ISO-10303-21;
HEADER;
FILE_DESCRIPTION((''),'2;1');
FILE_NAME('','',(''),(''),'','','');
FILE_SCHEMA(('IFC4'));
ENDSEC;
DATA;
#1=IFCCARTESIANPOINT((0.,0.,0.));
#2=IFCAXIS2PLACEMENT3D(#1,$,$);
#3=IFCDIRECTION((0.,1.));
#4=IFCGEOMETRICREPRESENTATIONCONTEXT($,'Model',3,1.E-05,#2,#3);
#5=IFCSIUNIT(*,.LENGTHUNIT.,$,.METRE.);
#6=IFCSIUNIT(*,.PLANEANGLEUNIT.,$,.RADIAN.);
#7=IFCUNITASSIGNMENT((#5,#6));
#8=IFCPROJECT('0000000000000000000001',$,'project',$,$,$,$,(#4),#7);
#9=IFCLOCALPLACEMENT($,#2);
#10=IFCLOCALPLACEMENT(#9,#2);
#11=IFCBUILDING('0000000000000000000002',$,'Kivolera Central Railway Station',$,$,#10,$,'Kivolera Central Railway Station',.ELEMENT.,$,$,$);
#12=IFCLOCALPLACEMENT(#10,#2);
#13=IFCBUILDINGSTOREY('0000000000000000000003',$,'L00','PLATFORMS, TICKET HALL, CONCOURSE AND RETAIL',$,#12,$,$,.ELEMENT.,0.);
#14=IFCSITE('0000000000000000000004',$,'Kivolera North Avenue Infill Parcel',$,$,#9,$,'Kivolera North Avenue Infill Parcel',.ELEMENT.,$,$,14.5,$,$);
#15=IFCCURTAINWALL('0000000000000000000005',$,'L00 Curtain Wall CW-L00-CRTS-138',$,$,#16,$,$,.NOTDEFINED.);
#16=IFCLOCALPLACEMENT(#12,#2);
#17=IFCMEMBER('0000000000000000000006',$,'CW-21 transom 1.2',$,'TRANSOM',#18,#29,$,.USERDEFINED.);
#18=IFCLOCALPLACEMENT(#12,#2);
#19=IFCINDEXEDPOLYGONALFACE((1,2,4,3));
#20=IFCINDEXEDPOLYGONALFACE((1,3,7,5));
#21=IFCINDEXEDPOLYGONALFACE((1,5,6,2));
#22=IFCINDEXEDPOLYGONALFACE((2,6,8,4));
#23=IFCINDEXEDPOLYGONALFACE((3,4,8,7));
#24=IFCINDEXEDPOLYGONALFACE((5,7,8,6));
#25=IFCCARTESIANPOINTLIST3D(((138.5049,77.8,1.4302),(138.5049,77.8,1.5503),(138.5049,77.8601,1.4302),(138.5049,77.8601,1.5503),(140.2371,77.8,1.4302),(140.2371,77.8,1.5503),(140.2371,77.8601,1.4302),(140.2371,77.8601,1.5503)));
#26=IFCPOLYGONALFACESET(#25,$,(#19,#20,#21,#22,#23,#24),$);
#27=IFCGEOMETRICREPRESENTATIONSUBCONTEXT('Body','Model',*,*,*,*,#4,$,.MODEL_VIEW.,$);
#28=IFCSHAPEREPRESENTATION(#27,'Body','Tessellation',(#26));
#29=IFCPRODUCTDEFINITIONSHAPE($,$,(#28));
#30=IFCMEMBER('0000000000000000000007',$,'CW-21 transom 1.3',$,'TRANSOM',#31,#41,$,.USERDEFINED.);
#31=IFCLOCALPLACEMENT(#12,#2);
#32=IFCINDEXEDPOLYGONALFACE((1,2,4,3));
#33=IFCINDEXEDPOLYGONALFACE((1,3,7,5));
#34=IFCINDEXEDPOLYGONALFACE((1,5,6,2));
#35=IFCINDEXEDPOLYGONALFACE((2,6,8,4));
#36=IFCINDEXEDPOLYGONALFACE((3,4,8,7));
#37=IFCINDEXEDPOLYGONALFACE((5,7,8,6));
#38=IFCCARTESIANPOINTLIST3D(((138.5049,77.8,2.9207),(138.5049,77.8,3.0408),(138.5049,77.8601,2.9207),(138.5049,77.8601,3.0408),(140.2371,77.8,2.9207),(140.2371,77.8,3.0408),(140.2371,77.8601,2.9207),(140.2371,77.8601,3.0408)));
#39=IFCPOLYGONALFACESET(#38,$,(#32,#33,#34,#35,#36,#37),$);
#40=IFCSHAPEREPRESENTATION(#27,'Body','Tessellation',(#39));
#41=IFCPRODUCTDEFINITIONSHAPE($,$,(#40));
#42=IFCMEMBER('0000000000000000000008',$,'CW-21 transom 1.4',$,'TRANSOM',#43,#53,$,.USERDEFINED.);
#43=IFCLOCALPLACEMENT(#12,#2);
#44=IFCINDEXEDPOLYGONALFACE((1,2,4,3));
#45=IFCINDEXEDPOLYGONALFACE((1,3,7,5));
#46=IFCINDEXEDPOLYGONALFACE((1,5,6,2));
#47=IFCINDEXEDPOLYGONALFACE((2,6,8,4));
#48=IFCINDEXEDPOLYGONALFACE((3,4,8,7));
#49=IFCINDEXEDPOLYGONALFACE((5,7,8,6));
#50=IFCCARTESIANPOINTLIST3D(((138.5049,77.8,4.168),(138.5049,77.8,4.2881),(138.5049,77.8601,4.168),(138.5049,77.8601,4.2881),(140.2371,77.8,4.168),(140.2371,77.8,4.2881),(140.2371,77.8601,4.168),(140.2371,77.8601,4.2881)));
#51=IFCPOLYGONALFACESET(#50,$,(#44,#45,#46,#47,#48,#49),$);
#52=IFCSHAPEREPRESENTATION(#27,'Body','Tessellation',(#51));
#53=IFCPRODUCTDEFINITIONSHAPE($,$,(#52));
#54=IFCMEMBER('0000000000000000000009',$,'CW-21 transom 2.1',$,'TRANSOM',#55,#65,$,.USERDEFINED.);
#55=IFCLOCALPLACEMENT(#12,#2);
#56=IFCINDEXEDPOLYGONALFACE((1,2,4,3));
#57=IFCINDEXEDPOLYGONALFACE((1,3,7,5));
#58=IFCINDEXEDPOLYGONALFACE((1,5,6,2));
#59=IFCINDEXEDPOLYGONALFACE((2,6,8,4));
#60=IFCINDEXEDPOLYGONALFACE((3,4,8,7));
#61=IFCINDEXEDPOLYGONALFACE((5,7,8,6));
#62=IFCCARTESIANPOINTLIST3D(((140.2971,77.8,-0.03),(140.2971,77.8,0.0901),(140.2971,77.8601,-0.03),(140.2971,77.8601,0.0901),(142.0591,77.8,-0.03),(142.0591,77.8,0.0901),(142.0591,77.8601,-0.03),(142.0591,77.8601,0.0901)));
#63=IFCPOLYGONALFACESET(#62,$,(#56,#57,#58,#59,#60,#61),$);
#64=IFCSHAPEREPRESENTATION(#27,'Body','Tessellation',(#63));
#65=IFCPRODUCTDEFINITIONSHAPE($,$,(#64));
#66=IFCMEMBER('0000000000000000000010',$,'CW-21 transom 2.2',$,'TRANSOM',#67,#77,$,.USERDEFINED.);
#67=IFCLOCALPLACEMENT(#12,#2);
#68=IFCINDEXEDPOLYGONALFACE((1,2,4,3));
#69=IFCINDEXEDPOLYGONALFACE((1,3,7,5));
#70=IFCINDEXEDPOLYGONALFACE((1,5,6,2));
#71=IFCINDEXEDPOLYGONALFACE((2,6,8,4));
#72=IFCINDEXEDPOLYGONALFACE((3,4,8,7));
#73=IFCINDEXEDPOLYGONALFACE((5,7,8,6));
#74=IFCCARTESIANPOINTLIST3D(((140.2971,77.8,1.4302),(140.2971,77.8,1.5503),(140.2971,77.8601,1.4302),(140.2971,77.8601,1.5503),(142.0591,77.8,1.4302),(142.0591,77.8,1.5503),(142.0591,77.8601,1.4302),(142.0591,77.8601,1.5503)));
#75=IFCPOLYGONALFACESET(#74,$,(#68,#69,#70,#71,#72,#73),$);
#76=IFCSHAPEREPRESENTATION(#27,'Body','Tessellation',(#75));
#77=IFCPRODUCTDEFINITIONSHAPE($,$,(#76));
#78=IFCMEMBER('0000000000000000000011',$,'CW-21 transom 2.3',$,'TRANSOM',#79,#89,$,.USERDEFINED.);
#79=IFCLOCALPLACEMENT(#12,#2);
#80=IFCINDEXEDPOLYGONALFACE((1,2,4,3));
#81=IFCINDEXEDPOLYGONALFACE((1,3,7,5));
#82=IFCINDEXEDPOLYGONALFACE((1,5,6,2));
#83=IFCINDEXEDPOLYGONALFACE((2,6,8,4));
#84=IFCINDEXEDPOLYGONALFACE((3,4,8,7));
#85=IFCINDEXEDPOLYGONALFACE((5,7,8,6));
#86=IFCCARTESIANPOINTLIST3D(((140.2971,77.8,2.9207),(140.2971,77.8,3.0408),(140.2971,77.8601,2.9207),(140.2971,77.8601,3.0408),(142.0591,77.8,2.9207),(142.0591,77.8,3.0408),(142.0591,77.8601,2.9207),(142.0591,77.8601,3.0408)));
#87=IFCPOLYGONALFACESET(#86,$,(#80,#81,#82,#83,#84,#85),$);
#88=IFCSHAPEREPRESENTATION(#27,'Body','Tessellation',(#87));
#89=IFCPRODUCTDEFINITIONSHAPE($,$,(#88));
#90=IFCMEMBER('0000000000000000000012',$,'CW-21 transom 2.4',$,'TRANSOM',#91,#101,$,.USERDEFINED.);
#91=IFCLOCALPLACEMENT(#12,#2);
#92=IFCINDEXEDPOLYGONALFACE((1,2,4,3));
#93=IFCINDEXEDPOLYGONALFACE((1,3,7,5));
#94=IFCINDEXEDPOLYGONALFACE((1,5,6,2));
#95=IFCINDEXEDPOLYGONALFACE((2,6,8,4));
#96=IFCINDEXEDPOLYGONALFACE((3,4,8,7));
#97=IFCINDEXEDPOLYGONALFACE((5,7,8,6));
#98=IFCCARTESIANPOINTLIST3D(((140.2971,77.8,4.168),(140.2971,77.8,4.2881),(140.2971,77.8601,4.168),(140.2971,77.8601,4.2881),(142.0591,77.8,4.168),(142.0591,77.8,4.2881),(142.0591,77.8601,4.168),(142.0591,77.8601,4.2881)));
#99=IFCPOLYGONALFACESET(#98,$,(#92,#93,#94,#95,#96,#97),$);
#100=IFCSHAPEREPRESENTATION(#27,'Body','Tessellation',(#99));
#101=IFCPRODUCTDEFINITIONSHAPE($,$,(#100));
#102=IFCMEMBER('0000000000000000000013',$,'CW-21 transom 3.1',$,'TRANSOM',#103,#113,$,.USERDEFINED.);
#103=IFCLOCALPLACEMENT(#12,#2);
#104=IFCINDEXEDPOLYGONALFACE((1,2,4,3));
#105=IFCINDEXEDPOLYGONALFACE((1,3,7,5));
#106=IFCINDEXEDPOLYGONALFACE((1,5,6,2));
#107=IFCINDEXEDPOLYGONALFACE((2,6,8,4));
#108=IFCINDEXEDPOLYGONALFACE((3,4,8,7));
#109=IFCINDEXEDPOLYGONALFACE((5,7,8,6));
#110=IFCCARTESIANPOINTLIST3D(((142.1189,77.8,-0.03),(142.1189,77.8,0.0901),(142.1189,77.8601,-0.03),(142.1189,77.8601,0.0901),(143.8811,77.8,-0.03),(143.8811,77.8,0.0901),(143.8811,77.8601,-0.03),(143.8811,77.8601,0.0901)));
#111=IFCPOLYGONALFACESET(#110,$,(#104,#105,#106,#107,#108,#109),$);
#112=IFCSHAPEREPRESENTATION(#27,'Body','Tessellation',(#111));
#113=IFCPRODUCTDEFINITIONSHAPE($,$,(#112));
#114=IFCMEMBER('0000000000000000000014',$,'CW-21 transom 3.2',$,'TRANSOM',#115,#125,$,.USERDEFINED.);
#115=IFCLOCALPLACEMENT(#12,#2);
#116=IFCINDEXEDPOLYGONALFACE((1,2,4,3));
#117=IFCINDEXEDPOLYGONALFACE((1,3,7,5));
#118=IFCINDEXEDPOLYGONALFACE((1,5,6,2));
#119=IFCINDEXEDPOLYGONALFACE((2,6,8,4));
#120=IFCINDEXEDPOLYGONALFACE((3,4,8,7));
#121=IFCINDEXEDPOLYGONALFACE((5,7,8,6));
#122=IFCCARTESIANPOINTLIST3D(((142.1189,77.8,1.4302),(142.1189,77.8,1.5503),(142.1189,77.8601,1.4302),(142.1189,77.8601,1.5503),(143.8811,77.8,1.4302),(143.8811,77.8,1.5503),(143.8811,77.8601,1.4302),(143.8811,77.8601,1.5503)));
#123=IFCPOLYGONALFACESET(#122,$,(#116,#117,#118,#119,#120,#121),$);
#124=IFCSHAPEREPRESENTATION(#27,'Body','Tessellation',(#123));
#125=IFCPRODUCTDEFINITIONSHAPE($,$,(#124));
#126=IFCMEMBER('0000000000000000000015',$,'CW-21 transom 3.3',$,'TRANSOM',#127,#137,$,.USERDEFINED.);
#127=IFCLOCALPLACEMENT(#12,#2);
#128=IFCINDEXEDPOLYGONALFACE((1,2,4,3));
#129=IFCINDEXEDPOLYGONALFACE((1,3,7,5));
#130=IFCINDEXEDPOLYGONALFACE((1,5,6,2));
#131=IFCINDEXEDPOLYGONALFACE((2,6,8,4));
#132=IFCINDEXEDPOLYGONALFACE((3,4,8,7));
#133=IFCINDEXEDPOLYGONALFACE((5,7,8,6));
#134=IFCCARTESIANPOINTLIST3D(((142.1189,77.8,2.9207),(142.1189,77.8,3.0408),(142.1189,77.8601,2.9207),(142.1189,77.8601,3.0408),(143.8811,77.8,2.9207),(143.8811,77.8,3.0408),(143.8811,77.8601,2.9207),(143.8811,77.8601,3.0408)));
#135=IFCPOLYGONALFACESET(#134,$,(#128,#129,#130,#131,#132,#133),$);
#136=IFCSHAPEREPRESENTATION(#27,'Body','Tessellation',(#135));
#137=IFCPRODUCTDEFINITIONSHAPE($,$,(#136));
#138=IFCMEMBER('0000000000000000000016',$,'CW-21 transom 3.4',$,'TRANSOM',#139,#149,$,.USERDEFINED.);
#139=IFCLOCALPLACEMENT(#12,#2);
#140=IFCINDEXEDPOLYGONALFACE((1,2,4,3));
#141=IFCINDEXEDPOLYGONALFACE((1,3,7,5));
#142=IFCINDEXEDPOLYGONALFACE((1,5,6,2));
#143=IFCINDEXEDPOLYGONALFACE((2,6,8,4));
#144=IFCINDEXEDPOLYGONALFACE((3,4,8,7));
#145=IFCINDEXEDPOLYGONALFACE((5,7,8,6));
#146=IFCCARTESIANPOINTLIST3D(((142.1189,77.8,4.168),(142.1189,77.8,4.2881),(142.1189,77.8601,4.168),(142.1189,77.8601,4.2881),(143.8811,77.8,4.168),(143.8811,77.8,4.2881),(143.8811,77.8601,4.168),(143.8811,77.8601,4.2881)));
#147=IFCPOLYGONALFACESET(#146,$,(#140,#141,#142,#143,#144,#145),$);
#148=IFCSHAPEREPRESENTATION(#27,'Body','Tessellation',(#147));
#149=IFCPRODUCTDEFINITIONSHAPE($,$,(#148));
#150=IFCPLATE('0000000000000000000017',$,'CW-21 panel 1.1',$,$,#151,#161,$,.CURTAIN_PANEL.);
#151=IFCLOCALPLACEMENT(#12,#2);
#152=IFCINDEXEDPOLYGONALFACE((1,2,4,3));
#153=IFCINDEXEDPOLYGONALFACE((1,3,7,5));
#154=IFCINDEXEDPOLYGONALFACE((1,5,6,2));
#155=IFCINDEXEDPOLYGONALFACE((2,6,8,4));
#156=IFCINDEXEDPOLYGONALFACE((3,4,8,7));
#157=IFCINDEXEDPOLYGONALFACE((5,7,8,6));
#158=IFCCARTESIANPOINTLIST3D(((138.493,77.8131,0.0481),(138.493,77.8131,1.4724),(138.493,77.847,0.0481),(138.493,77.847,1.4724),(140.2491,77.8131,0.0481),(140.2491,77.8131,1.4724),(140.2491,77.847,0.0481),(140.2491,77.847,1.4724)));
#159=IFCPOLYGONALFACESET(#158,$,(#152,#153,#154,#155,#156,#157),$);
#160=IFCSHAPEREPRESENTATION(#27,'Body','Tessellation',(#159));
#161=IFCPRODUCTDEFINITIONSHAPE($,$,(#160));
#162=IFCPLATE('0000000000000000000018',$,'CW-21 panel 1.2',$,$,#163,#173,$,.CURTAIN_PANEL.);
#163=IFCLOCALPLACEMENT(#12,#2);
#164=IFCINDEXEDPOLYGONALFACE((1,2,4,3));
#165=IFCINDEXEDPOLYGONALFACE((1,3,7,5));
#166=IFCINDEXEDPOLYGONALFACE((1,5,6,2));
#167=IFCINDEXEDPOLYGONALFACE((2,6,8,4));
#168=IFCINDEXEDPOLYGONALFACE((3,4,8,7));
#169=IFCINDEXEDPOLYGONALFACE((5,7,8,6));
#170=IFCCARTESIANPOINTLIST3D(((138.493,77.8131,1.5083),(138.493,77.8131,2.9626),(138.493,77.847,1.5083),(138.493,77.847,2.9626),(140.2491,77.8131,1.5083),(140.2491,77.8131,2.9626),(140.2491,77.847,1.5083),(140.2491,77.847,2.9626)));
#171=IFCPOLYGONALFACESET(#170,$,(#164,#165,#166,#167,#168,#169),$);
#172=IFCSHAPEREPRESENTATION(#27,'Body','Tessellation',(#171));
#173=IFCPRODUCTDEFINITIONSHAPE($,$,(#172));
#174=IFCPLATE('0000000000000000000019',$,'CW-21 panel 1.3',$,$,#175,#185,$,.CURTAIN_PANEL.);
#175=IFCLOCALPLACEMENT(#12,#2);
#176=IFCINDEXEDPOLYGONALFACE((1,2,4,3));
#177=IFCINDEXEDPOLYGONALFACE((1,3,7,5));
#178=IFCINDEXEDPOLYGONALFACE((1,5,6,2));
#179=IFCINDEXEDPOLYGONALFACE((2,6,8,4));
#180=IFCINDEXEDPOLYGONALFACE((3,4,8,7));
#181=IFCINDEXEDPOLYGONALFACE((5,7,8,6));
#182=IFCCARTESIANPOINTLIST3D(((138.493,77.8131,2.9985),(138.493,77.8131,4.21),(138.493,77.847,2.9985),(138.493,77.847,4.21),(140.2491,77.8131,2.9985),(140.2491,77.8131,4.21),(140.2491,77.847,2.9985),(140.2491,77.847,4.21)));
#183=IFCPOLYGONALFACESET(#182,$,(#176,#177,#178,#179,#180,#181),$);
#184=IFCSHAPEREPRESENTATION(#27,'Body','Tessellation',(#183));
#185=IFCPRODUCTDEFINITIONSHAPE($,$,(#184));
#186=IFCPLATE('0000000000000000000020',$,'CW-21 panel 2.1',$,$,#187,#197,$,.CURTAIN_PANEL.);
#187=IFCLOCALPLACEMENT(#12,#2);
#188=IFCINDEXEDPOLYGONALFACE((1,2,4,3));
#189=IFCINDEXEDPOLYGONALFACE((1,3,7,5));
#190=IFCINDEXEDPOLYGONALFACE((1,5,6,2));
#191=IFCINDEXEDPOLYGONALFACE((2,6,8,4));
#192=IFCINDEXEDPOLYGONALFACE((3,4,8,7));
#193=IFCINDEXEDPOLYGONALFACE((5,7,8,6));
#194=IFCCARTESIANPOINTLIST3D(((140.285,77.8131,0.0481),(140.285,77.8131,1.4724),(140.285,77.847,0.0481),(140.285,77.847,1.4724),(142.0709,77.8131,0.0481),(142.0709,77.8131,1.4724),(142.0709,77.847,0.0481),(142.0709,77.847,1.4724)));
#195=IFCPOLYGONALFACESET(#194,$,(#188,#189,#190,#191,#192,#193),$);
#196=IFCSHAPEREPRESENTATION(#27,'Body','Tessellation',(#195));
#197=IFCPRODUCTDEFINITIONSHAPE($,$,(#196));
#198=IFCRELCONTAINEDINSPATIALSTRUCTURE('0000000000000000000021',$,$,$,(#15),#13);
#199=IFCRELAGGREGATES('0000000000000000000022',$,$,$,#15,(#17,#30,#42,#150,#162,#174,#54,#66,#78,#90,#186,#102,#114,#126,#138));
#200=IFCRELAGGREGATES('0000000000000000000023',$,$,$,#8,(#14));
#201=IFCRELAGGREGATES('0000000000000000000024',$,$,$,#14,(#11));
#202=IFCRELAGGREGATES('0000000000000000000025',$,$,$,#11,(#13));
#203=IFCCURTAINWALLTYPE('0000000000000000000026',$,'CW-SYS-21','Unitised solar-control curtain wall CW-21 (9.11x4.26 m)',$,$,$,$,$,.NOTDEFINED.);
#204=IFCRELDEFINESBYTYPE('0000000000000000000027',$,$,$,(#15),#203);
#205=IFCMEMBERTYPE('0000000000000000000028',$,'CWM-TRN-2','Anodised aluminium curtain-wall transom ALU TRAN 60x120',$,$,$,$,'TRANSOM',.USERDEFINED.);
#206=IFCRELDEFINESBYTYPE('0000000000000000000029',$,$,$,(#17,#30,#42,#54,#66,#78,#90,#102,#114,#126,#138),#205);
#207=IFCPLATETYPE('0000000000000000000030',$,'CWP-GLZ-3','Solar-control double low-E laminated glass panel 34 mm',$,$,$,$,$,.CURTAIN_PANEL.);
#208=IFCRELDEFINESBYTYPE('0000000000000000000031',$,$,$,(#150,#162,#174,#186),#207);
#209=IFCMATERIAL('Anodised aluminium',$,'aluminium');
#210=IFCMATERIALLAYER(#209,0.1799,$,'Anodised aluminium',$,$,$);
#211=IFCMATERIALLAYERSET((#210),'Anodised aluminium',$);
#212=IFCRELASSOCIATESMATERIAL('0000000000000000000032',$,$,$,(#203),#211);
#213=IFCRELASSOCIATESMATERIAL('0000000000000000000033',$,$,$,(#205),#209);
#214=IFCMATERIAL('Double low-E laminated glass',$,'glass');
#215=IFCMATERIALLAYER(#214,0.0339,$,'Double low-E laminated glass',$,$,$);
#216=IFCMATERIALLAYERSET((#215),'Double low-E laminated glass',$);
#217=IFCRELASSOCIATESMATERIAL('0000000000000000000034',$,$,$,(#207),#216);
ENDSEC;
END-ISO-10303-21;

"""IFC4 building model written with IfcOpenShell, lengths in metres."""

from ifc_helpers import new_model, si_unit, direction, frame, origin, origin_2d, place, context, subcontext, project, spatial, rectangle, extrude, material, layer, layer_set, material_profile, profile_set, type_object, element, aggregate, save


model = new_model("IFC4")

# Units and contexts
model_context = context("Model", 3, precision=1e-05, world=origin(), true_north=direction((0.0, 1.0)))
body_context = subcontext(model_context, "Body", "Model", "MODEL_VIEW")
ifc_project = project(units=[si_unit("LENGTHUNIT", "METRE"), si_unit("PLANEANGLEUNIT", "RADIAN")], contexts=[model_context])

# Site, building, storey
site_placement = place(None, origin())
site = spatial("IfcSite", under=ifc_project, at=site_placement, Name="Kivolera North Avenue Infill Parcel", LongName="Kivolera North Avenue Infill Parcel", CompositionType="ELEMENT", RefElevation=14.5)
building_placement = place(site_placement, origin())
building = spatial("IfcBuilding", under=site, at=building_placement, Name="Kivolera Central Railway Station", LongName="Kivolera Central Railway Station", CompositionType="ELEMENT")
storey_placement = place(building_placement, origin())
storey = spatial("IfcBuildingStorey", under=building, at=storey_placement, Name="L00", Description="PLATFORMS, TICKET HALL, CONCOURSE AND RETAIL", CompositionType="ELEMENT", Elevation=0.0)

# Curtain wall, members, plates
ifc_material_1 = material(Name="Anodised aluminium", Category="aluminium")
ifc_layer_1 = layer(ifc_material_1, 0.1799, Name="Anodised aluminium")
ifc_layer_set_1 = layer_set([ifc_layer_1], Name="Anodised aluminium")
curtain_wall_type = type_object("IfcCurtainWallType", Name="CW-SYS-21", Description="Unitised solar-control curtain wall CW-21 (9.11x4.26 m)", PredefinedType="NOTDEFINED", material=ifc_layer_set_1)
curtain_wall_placement = place(storey_placement, origin())
curtain_wall = element("IfcCurtainWall", 1, at=curtain_wall_placement, inside=storey, type_object=curtain_wall_type, Name="L00 Curtain Wall CW-L00-CRTS-138", PredefinedType="NOTDEFINED")
ifc_material_profile_1 = material_profile(ifc_material_1, rectangle(XDim=0.0601, YDim=0.1201, at=origin_2d()), Name="ALU TRAN 60x120")
ifc_profile_set_1 = profile_set([ifc_material_profile_1], Name="Anodised aluminium")
member_type_1 = type_object("IfcMemberType", Name="CWM-TRN-2", Description="Anodised aluminium curtain-wall transom ALU TRAN 60x120", ElementType="TRANSOM", PredefinedType="USERDEFINED", material=ifc_profile_set_1)
member_1_placement = place(storey_placement, frame((138.5049, 77.8301, 1.4902), z_axis=(1.0, 0.0, 0.0), x_axis=(0.0, 1.0, 0.0)))
member_1 = element("IfcMember", 2, at=member_1_placement, type_object=member_type_1, Name="CW-21 transom 1.2", ObjectType="TRANSOM", PredefinedType="USERDEFINED", context=body_context, shape_type="SweptSolid", body=[
    extrude(rectangle(XDim=0.0601, YDim=0.1201, at=origin_2d()), origin(), (0.0, 0.0, 1.0), 1.7322),
])
member_2_placement = place(storey_placement, frame((138.5049, 77.8301, 2.9807), z_axis=(1.0, 0.0, 0.0), x_axis=(0.0, 1.0, 0.0)))
member_2 = element("IfcMember", 3, at=member_2_placement, type_object=member_type_1, Name="CW-21 transom 1.3", ObjectType="TRANSOM", PredefinedType="USERDEFINED", context=body_context, shape_type="SweptSolid", body=[
    extrude(rectangle(XDim=0.0601, YDim=0.1201, at=origin_2d()), origin(), (0.0, 0.0, 1.0), 1.7322),
])
member_3_placement = place(storey_placement, frame((138.5049, 77.8301, 4.228), z_axis=(1.0, 0.0, 0.0), x_axis=(0.0, 1.0, 0.0)))
member_3 = element("IfcMember", 4, at=member_3_placement, type_object=member_type_1, Name="CW-21 transom 1.4", ObjectType="TRANSOM", PredefinedType="USERDEFINED", context=body_context, shape_type="SweptSolid", body=[
    extrude(rectangle(XDim=0.0601, YDim=0.1201, at=origin_2d()), origin(), (0.0, 0.0, 1.0), 1.7322),
])
member_4_placement = place(storey_placement, frame((140.2971, 77.8301, 0.03), z_axis=(1.0, 0.0, 0.0), x_axis=(0.0, 1.0, 0.0)))
member_4 = element("IfcMember", 5, at=member_4_placement, type_object=member_type_1, Name="CW-21 transom 2.1", ObjectType="TRANSOM", PredefinedType="USERDEFINED", context=body_context, shape_type="SweptSolid", body=[
    extrude(rectangle(XDim=0.0601, YDim=0.1201, at=origin_2d()), origin(), (0.0, 0.0, 1.0), 1.762),
])
member_5_placement = place(storey_placement, frame((140.2971, 77.8301, 1.4902), z_axis=(1.0, 0.0, 0.0), x_axis=(0.0, 1.0, 0.0)))
member_5 = element("IfcMember", 6, at=member_5_placement, type_object=member_type_1, Name="CW-21 transom 2.2", ObjectType="TRANSOM", PredefinedType="USERDEFINED", context=body_context, shape_type="SweptSolid", body=[
    extrude(rectangle(XDim=0.0601, YDim=0.1201, at=origin_2d()), origin(), (0.0, 0.0, 1.0), 1.762),
])
member_6_placement = place(storey_placement, frame((140.2971, 77.8301, 2.9807), z_axis=(1.0, 0.0, 0.0), x_axis=(0.0, 1.0, 0.0)))
member_6 = element("IfcMember", 7, at=member_6_placement, type_object=member_type_1, Name="CW-21 transom 2.3", ObjectType="TRANSOM", PredefinedType="USERDEFINED", context=body_context, shape_type="SweptSolid", body=[
    extrude(rectangle(XDim=0.0601, YDim=0.1201, at=origin_2d()), origin(), (0.0, 0.0, 1.0), 1.762),
])
member_7_placement = place(storey_placement, frame((140.2971, 77.8301, 4.228), z_axis=(1.0, 0.0, 0.0), x_axis=(0.0, 1.0, 0.0)))
member_7 = element("IfcMember", 8, at=member_7_placement, type_object=member_type_1, Name="CW-21 transom 2.4", ObjectType="TRANSOM", PredefinedType="USERDEFINED", context=body_context, shape_type="SweptSolid", body=[
    extrude(rectangle(XDim=0.0601, YDim=0.1201, at=origin_2d()), origin(), (0.0, 0.0, 1.0), 1.762),
])
member_8_placement = place(storey_placement, frame((142.1189, 77.8301, 0.03), z_axis=(1.0, 0.0, 0.0), x_axis=(0.0, 1.0, 0.0)))
member_8 = element("IfcMember", 9, at=member_8_placement, type_object=member_type_1, Name="CW-21 transom 3.1", ObjectType="TRANSOM", PredefinedType="USERDEFINED", context=body_context, shape_type="SweptSolid", body=[
    extrude(rectangle(XDim=0.0601, YDim=0.1201, at=origin_2d()), origin(), (0.0, 0.0, 1.0), 1.7622),
])
member_9_placement = place(storey_placement, frame((142.1189, 77.8301, 1.4902), z_axis=(1.0, 0.0, 0.0), x_axis=(0.0, 1.0, 0.0)))
member_9 = element("IfcMember", 10, at=member_9_placement, type_object=member_type_1, Name="CW-21 transom 3.2", ObjectType="TRANSOM", PredefinedType="USERDEFINED", context=body_context, shape_type="SweptSolid", body=[
    extrude(rectangle(XDim=0.0601, YDim=0.1201, at=origin_2d()), origin(), (0.0, 0.0, 1.0), 1.7622),
])
member_10_placement = place(storey_placement, frame((142.1189, 77.8301, 2.9807), z_axis=(1.0, 0.0, 0.0), x_axis=(0.0, 1.0, 0.0)))
member_10 = element("IfcMember", 11, at=member_10_placement, type_object=member_type_1, Name="CW-21 transom 3.3", ObjectType="TRANSOM", PredefinedType="USERDEFINED", context=body_context, shape_type="SweptSolid", body=[
    extrude(rectangle(XDim=0.0601, YDim=0.1201, at=origin_2d()), origin(), (0.0, 0.0, 1.0), 1.7622),
])
member_11_placement = place(storey_placement, frame((142.1189, 77.8301, 4.228), z_axis=(1.0, 0.0, 0.0), x_axis=(0.0, 1.0, 0.0)))
member_11 = element("IfcMember", 12, at=member_11_placement, type_object=member_type_1, Name="CW-21 transom 3.4", ObjectType="TRANSOM", PredefinedType="USERDEFINED", context=body_context, shape_type="SweptSolid", body=[
    extrude(rectangle(XDim=0.0601, YDim=0.1201, at=origin_2d()), origin(), (0.0, 0.0, 1.0), 1.7622),
])
ifc_material_2 = material(Name="Double low-E laminated glass", Category="glass")
ifc_layer_2 = layer(ifc_material_2, 0.0339, Name="Double low-E laminated glass")
ifc_layer_set_2 = layer_set([ifc_layer_2], Name="Double low-E laminated glass")
plate_type = type_object("IfcPlateType", Name="CWP-GLZ-3", Description="Solar-control double low-E laminated glass panel 34 mm", PredefinedType="CURTAIN_PANEL", material=ifc_layer_set_2)
plate_1_placement = place(storey_placement, frame((139.3711, 77.8301, 0.0481), z_axis=(0.0, 0.0, 1.0), x_axis=(1.0, 0.0, 0.0)))
plate_1 = element("IfcPlate", 13, at=plate_1_placement, type_object=plate_type, Name="CW-21 panel 1.1", PredefinedType="CURTAIN_PANEL", context=body_context, shape_type="SweptSolid", body=[
    extrude(rectangle(XDim=1.7561, YDim=0.0339, at=origin_2d()), origin(), (0.0, 0.0, 1.0), 1.4243),
])
plate_2_placement = place(storey_placement, frame((139.3711, 77.8301, 1.5083), z_axis=(0.0, 0.0, 1.0), x_axis=(1.0, 0.0, 0.0)))
plate_2 = element("IfcPlate", 14, at=plate_2_placement, type_object=plate_type, Name="CW-21 panel 1.2", PredefinedType="CURTAIN_PANEL", context=body_context, shape_type="SweptSolid", body=[
    extrude(rectangle(XDim=1.7561, YDim=0.0339, at=origin_2d()), origin(), (0.0, 0.0, 1.0), 1.4543),
])
plate_3_placement = place(storey_placement, frame((139.3711, 77.8301, 2.9985), z_axis=(0.0, 0.0, 1.0), x_axis=(1.0, 0.0, 0.0)))
plate_3 = element("IfcPlate", 15, at=plate_3_placement, type_object=plate_type, Name="CW-21 panel 1.3", PredefinedType="CURTAIN_PANEL", context=body_context, shape_type="SweptSolid", body=[
    extrude(rectangle(XDim=1.7561, YDim=0.0339, at=origin_2d()), origin(), (0.0, 0.0, 1.0), 1.2114),
])
plate_4_placement = place(storey_placement, frame((141.178, 77.8301, 0.0481), z_axis=(0.0, 0.0, 1.0), x_axis=(1.0, 0.0, 0.0)))
plate_4 = element("IfcPlate", 16, at=plate_4_placement, type_object=plate_type, Name="CW-21 panel 2.1", PredefinedType="CURTAIN_PANEL", context=body_context, shape_type="SweptSolid", body=[
    extrude(rectangle(XDim=1.7859, YDim=0.0339, at=origin_2d()), origin(), (0.0, 0.0, 1.0), 1.4243),
])
aggregate(curtain_wall, [member_1, member_2, member_3, plate_1, plate_2, plate_3, member_4, member_5, member_6, member_7, plate_4, member_8, member_9, member_10, member_11])

save(model, "model.ifc")
